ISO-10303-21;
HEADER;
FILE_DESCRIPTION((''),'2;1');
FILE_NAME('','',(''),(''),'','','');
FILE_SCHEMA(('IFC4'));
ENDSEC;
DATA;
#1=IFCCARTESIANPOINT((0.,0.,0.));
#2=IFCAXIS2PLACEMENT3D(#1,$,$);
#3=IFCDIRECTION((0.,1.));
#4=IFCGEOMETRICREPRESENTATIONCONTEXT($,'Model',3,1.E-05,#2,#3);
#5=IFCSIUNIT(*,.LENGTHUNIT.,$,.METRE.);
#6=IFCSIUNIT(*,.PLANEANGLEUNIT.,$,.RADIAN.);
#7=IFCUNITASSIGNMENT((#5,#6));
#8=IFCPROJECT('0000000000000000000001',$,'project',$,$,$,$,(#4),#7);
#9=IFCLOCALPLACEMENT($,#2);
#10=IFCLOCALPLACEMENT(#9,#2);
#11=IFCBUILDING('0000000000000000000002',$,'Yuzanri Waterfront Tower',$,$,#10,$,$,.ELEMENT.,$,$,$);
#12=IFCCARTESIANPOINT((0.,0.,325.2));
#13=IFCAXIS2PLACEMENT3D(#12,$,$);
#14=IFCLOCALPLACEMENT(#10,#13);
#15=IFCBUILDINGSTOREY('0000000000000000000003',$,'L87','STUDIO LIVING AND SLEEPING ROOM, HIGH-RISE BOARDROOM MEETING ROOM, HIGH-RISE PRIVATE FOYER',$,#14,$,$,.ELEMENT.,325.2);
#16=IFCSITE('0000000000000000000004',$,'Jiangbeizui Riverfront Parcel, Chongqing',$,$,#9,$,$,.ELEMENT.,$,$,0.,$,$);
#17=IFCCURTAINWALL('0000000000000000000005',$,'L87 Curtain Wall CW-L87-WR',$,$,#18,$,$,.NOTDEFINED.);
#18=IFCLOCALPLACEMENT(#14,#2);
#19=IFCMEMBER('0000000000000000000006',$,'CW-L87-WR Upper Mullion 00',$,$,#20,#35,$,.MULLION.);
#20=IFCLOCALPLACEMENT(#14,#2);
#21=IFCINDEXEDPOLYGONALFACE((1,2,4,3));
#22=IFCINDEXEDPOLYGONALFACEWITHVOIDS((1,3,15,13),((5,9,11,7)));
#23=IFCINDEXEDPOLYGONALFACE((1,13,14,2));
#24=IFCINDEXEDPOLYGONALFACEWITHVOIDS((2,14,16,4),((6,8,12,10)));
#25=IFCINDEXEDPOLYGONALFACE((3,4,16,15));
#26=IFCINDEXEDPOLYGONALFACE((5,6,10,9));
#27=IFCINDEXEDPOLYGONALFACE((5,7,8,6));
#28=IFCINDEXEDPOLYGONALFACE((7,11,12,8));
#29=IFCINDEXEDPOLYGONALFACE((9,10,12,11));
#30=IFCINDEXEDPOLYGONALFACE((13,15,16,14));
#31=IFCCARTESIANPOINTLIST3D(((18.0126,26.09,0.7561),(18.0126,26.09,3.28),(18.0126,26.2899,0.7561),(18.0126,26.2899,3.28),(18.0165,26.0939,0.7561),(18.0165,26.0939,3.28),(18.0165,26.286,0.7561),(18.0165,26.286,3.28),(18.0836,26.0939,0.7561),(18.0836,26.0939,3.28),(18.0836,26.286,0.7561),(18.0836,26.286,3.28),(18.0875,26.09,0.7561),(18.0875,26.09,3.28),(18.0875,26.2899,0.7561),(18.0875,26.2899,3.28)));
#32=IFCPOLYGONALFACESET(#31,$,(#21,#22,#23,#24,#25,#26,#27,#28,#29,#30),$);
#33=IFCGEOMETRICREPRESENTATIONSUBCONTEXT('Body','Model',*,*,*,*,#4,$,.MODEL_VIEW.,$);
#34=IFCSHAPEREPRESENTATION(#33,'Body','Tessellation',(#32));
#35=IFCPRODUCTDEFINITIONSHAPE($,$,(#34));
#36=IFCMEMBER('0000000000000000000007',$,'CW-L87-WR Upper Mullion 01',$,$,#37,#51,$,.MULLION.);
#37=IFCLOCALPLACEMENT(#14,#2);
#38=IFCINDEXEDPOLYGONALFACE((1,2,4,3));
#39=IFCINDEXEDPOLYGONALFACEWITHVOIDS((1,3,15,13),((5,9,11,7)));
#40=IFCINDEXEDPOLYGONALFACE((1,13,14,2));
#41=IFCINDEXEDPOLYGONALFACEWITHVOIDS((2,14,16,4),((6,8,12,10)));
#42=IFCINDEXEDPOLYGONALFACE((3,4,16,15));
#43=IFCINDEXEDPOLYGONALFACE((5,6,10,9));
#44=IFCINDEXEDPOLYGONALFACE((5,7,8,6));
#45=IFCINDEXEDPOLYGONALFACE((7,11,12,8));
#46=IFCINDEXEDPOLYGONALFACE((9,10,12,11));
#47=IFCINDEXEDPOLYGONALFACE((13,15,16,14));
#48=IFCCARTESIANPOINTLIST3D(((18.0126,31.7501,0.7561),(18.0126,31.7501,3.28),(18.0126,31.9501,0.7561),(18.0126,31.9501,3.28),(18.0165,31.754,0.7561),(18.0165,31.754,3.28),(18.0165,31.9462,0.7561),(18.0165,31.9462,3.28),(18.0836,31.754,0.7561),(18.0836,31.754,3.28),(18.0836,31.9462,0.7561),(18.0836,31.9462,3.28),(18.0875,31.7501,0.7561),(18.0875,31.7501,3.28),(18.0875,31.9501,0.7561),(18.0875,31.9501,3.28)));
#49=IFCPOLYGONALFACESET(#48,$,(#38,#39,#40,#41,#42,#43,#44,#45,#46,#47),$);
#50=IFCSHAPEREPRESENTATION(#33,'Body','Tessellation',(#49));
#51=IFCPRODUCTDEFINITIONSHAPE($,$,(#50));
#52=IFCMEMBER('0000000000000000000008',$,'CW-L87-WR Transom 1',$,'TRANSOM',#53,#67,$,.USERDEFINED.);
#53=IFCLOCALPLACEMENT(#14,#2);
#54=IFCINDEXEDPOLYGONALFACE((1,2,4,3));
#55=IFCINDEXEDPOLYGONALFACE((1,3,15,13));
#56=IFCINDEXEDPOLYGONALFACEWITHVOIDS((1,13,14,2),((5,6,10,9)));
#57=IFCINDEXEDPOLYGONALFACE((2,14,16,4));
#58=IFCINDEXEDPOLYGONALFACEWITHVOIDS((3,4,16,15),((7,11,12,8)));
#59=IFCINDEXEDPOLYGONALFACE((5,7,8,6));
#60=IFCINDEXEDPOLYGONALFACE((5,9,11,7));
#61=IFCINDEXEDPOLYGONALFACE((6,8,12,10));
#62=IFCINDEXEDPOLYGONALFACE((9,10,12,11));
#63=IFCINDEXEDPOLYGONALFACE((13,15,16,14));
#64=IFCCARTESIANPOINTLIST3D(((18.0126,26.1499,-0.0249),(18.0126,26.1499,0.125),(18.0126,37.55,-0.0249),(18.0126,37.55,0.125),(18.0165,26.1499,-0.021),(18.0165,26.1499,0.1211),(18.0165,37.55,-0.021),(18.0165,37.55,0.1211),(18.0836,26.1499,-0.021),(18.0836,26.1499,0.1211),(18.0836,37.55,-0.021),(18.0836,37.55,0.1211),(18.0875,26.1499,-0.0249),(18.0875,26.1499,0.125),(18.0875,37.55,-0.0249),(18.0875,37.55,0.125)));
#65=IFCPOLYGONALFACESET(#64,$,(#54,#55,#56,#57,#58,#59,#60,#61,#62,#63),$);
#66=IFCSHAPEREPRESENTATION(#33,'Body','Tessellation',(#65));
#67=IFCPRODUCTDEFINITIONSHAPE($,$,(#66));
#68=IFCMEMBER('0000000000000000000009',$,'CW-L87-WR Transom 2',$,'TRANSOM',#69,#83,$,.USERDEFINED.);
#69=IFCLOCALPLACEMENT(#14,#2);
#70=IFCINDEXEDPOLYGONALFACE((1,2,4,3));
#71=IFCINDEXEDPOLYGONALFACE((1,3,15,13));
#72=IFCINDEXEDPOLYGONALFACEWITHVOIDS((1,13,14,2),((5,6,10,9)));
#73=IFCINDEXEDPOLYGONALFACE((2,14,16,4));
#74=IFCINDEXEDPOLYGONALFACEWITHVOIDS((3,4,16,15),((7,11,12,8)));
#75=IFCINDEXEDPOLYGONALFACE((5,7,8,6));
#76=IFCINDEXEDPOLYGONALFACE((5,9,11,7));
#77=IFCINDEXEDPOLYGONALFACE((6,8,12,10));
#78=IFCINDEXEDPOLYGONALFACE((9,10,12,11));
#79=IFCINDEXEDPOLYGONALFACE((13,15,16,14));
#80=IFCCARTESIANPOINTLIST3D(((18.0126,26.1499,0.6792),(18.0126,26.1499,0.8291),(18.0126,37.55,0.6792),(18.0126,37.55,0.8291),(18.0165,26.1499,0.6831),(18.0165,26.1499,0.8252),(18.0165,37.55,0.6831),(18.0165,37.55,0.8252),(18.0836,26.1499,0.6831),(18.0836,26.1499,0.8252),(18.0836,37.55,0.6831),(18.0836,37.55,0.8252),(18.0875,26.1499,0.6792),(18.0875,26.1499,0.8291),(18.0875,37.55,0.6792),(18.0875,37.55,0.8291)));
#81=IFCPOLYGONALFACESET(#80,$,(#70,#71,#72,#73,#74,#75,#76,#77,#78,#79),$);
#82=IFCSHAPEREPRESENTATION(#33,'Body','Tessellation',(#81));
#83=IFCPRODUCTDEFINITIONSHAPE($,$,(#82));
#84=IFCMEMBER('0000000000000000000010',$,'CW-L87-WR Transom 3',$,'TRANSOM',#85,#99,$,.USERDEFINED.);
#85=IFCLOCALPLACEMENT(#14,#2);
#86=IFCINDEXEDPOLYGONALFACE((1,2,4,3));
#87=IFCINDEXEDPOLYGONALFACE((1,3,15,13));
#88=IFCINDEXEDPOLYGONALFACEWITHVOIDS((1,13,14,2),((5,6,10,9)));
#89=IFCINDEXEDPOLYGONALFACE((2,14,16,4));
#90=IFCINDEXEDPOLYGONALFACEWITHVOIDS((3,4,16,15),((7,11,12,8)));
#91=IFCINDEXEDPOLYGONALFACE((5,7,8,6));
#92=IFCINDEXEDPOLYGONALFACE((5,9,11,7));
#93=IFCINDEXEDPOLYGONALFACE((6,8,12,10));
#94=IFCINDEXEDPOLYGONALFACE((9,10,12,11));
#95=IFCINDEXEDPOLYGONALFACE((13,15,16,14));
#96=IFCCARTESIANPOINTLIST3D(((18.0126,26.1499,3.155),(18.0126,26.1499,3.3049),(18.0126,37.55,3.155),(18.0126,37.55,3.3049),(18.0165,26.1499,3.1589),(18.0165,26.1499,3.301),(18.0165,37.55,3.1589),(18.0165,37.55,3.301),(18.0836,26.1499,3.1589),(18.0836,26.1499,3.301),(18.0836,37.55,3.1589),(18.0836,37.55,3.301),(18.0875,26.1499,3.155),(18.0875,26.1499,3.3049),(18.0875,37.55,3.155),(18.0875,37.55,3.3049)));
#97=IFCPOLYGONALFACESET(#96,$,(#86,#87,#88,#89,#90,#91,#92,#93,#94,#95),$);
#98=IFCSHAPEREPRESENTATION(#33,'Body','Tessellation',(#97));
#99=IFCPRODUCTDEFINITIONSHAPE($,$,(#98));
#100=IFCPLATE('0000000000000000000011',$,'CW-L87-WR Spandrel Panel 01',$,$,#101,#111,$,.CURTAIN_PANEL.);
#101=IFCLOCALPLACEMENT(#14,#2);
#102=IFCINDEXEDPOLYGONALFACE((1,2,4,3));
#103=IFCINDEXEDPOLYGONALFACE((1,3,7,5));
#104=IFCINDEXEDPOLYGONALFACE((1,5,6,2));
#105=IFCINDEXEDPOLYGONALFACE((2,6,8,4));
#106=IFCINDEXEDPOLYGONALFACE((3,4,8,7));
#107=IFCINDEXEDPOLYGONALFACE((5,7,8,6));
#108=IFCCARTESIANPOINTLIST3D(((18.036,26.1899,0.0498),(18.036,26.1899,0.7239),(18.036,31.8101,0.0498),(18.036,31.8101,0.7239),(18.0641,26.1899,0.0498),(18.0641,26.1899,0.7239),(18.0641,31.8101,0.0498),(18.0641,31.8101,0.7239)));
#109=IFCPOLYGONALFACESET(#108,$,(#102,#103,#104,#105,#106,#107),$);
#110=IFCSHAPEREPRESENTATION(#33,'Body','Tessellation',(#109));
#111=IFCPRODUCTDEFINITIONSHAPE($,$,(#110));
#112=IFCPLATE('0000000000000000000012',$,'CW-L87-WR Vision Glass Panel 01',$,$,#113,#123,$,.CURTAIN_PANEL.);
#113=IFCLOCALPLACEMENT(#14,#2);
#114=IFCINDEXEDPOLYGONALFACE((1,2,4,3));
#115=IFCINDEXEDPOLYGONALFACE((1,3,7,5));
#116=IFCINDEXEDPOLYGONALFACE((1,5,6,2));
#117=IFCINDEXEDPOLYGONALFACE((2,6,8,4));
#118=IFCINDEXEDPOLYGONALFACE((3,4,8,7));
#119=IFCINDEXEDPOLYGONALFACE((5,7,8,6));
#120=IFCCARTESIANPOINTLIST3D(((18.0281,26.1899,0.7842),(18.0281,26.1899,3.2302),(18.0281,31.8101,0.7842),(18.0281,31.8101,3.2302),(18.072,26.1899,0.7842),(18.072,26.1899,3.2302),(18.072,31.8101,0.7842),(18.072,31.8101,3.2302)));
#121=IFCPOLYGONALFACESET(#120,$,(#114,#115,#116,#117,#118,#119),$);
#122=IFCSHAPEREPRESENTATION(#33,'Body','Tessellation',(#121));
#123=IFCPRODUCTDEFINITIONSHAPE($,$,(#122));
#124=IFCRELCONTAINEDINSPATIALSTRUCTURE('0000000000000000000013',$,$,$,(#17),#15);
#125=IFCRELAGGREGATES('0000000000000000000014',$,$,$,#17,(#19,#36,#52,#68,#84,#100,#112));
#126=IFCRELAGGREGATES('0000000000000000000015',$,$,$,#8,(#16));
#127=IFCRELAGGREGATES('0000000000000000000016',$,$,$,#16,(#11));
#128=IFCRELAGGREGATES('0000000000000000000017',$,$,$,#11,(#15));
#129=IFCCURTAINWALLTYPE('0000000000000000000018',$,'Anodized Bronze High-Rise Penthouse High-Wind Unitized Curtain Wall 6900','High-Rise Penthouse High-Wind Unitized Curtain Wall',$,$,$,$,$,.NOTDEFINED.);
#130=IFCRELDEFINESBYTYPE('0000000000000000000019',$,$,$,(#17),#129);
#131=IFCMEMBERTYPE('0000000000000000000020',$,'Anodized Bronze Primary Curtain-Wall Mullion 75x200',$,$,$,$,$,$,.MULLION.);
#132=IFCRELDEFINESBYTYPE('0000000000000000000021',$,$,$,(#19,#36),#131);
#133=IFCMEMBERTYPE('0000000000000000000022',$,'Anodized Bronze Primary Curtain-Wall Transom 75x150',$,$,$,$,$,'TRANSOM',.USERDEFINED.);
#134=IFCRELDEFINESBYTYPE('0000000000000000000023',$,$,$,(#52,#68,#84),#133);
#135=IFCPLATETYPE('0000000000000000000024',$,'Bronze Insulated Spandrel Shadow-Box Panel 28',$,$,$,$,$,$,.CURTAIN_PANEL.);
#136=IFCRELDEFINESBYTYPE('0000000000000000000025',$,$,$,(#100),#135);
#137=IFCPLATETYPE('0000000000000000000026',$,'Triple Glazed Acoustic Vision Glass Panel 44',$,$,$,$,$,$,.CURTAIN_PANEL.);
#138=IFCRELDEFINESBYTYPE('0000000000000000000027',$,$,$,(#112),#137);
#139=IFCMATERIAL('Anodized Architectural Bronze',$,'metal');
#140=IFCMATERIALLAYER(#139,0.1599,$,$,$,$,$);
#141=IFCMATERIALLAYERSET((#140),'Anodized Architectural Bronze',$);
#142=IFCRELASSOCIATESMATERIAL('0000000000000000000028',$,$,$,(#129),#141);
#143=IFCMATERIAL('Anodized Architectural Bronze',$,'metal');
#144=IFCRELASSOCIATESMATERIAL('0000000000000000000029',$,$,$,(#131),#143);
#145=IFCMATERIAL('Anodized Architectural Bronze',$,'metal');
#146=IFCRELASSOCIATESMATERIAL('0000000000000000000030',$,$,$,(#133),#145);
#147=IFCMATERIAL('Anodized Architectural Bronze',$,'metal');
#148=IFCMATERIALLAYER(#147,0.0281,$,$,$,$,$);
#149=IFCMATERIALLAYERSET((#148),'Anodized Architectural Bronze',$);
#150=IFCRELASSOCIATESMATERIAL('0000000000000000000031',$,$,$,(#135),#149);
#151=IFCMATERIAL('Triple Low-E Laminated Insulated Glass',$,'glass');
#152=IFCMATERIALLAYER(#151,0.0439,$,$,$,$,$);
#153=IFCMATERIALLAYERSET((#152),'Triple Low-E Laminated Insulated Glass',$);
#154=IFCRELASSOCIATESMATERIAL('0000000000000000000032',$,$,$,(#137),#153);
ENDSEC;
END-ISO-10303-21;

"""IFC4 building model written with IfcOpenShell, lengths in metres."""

from ifc_helpers import new_model, si_unit, direction, frame, origin, origin_2d, place, context, subcontext, project, spatial, rectangle, hollow_rectangle, extrude, source, transform, mapped, material, layer, layer_set, material_profile, profile_set, type_object, element, aggregate, save


model = new_model("IFC4")

# Units and contexts
model_context = context("Model", 3, precision=1e-05, world=origin(), true_north=direction((0.0, 1.0)))
body_context = subcontext(model_context, "Body", "Model", "MODEL_VIEW")
ifc_project = project(units=[si_unit("LENGTHUNIT", "METRE"), si_unit("PLANEANGLEUNIT", "RADIAN")], contexts=[model_context])

# Site, building, storey
site_placement = place(None, origin())
site = spatial("IfcSite", under=ifc_project, at=site_placement, Name="Jiangbeizui Riverfront Parcel, Chongqing", CompositionType="ELEMENT", RefElevation=0.0)
building_placement = place(site_placement, origin())
building = spatial("IfcBuilding", under=site, at=building_placement, Name="Yuzanri Waterfront Tower", CompositionType="ELEMENT")
storey_placement = place(building_placement, frame((0.0, 0.0, 325.2)))
storey = spatial("IfcBuildingStorey", under=building, at=storey_placement, Name="L87", Description="STUDIO LIVING AND SLEEPING ROOM, HIGH-RISE BOARDROOM MEETING ROOM, HIGH-RISE PRIVATE FOYER", CompositionType="ELEMENT", Elevation=325.2)

# Shared definitions
ifc_material_1 = material(Name="Anodized Architectural Bronze", Category="metal")
ifc_layer_1 = layer(ifc_material_1, 0.1599)
ifc_layer_set_1 = layer_set([ifc_layer_1], Name="Anodized Architectural Bronze")
curtain_wall_type = type_object("IfcCurtainWallType", Name="Anodized Bronze High-Rise Penthouse High-Wind Unitized Curtain Wall 6900", Description="High-Rise Penthouse High-Wind Unitized Curtain Wall", PredefinedType="NOTDEFINED", material=ifc_layer_set_1)
ifc_material_2 = material(Name="Anodized Architectural Bronze", Category="metal")
ifc_material_profile_1 = material_profile(ifc_material_2, hollow_rectangle(XDim=0.075, YDim=0.2, WallThickness=0.0039, at=origin_2d()), Name="CWM 75x200")
ifc_profile_set_1 = profile_set([ifc_material_profile_1], Name="Anodized Architectural Bronze")
member_type_1 = type_object("IfcMemberType", Name="Anodized Bronze Primary Curtain-Wall Mullion 75x200", PredefinedType="MULLION", material=ifc_profile_set_1)

# Curtain wall
curtain_wall_1_placement = place(storey_placement, origin())
curtain_wall_1 = element("IfcCurtainWall", 1, at=curtain_wall_1_placement, inside=storey, type_object=curtain_wall_type, Name="L87 Curtain Wall CW-L87-WR", PredefinedType="NOTDEFINED")

# Members
shared_shape_1 = source(origin(), body_context, "Body", "SweptSolid", [
    extrude(hollow_rectangle(XDim=0.075, YDim=0.2, WallThickness=0.0039, at=origin_2d()), origin(), (0.0, 0.0, 1.0), 2.5239),
])
member_1_placement = place(storey_placement, frame((18.05, 26.1899, 0.7561), z_axis=(0.0, 0.0, 1.0), x_axis=(1.0, 0.0, 0.0)))
member_1 = element("IfcMember", 2, at=member_1_placement, type_object=member_type_1, Name="CW-L87-WR Upper Mullion 00", PredefinedType="MULLION", context=body_context, shape_type="MappedRepresentation", body=[
    mapped(shared_shape_1, transform((0.0, 0.0, 0.0), scale=1.0)),
])
member_2_placement = place(storey_placement, frame((18.05, 31.8501, 0.7561), z_axis=(0.0, 0.0, 1.0), x_axis=(1.0, 0.0, 0.0)))
member_2 = element("IfcMember", 3, at=member_2_placement, type_object=member_type_1, Name="CW-L87-WR Upper Mullion 01", PredefinedType="MULLION", context=body_context, shape_type="MappedRepresentation", body=[
    mapped(shared_shape_1, transform((0.0, 0.0, 0.0), scale=1.0)),
])
ifc_material_3 = material(Name="Anodized Architectural Bronze", Category="metal")
ifc_material_profile_2 = material_profile(ifc_material_3, hollow_rectangle(XDim=0.075, YDim=0.1499, WallThickness=0.0039, at=origin_2d()), Name="CWT 75x150")
ifc_profile_set_2 = profile_set([ifc_material_profile_2], Name="Anodized Architectural Bronze")
member_type_2 = type_object("IfcMemberType", Name="Anodized Bronze Primary Curtain-Wall Transom 75x150", ElementType="TRANSOM", PredefinedType="USERDEFINED", material=ifc_profile_set_2)
shared_shape_2 = source(origin(), body_context, "Body", "SweptSolid", [
    extrude(hollow_rectangle(XDim=0.075, YDim=0.1499, WallThickness=0.0039, at=origin_2d()), origin(), (0.0, 0.0, 1.0), 11.4001),
])
member_3_placement = place(storey_placement, frame((18.05, 26.1499, 0.05), z_axis=(0.0, 1.0, 0.0), x_axis=(-1.0, 0.0, 0.0)))
member_3 = element("IfcMember", 4, at=member_3_placement, type_object=member_type_2, Name="CW-L87-WR Transom 1", ObjectType="TRANSOM", PredefinedType="USERDEFINED", context=body_context, shape_type="MappedRepresentation", body=[
    mapped(shared_shape_2, transform((0.0, 0.0, 0.0), scale=1.0)),
])
member_4_placement = place(storey_placement, frame((18.05, 26.1499, 0.7542), z_axis=(0.0, 1.0, 0.0), x_axis=(-1.0, 0.0, 0.0)))
member_4 = element("IfcMember", 5, at=member_4_placement, type_object=member_type_2, Name="CW-L87-WR Transom 2", ObjectType="TRANSOM", PredefinedType="USERDEFINED", context=body_context, shape_type="MappedRepresentation", body=[
    mapped(shared_shape_2, transform((0.0, 0.0, 0.0), scale=1.0)),
])
member_5_placement = place(storey_placement, frame((18.05, 26.1499, 3.23), z_axis=(0.0, 1.0, 0.0), x_axis=(-1.0, 0.0, 0.0)))
member_5 = element("IfcMember", 6, at=member_5_placement, type_object=member_type_2, Name="CW-L87-WR Transom 3", ObjectType="TRANSOM", PredefinedType="USERDEFINED", context=body_context, shape_type="MappedRepresentation", body=[
    mapped(shared_shape_2, transform((0.0, 0.0, 0.0), scale=1.0)),
])

# Plates
ifc_material_4 = material(Name="Anodized Architectural Bronze", Category="metal")
ifc_layer_2 = layer(ifc_material_4, 0.0281)
ifc_layer_set_2 = layer_set([ifc_layer_2], Name="Anodized Architectural Bronze")
plate_type_1 = type_object("IfcPlateType", Name="Bronze Insulated Spandrel Shadow-Box Panel 28", PredefinedType="CURTAIN_PANEL", material=ifc_layer_set_2)
shared_shape_3 = source(origin(), body_context, "Body", "SweptSolid", [
    extrude(rectangle(XDim=5.6201, YDim=0.0281, at=origin_2d()), origin(), (0.0, 0.0, 1.0), 0.6741),
])
plate_1_placement = place(storey_placement, frame((18.05, 29.0, 0.0498), z_axis=(0.0, 0.0, 1.0), x_axis=(0.0, 1.0, 0.0)))
plate_1 = element("IfcPlate", 7, at=plate_1_placement, type_object=plate_type_1, Name="CW-L87-WR Spandrel Panel 01", PredefinedType="CURTAIN_PANEL", context=body_context, shape_type="MappedRepresentation", body=[
    mapped(shared_shape_3, transform((0.0, 0.0, 0.0), scale=1.0)),
])
ifc_material_5 = material(Name="Triple Low-E Laminated Insulated Glass", Category="glass")
ifc_layer_3 = layer(ifc_material_5, 0.0439)
ifc_layer_set_3 = layer_set([ifc_layer_3], Name="Triple Low-E Laminated Insulated Glass")
plate_type_2 = type_object("IfcPlateType", Name="Triple Glazed Acoustic Vision Glass Panel 44", PredefinedType="CURTAIN_PANEL", material=ifc_layer_set_3)
shared_shape_4 = source(origin(), body_context, "Body", "SweptSolid", [
    extrude(rectangle(XDim=5.6201, YDim=0.0439, at=origin_2d()), origin(), (0.0, 0.0, 1.0), 2.446),
])
plate_2_placement = place(storey_placement, frame((18.05, 29.0, 0.7842), z_axis=(0.0, 0.0, 1.0), x_axis=(0.0, 1.0, 0.0)))
plate_2 = element("IfcPlate", 8, at=plate_2_placement, type_object=plate_type_2, Name="CW-L87-WR Vision Glass Panel 01", PredefinedType="CURTAIN_PANEL", context=body_context, shape_type="MappedRepresentation", body=[
    mapped(shared_shape_4, transform((0.0, 0.0, 0.0), scale=1.0)),
])
aggregate(curtain_wall_1, [member_1, member_2, member_3, member_4, member_5, plate_1, plate_2])

save(model, "model.ifc")
